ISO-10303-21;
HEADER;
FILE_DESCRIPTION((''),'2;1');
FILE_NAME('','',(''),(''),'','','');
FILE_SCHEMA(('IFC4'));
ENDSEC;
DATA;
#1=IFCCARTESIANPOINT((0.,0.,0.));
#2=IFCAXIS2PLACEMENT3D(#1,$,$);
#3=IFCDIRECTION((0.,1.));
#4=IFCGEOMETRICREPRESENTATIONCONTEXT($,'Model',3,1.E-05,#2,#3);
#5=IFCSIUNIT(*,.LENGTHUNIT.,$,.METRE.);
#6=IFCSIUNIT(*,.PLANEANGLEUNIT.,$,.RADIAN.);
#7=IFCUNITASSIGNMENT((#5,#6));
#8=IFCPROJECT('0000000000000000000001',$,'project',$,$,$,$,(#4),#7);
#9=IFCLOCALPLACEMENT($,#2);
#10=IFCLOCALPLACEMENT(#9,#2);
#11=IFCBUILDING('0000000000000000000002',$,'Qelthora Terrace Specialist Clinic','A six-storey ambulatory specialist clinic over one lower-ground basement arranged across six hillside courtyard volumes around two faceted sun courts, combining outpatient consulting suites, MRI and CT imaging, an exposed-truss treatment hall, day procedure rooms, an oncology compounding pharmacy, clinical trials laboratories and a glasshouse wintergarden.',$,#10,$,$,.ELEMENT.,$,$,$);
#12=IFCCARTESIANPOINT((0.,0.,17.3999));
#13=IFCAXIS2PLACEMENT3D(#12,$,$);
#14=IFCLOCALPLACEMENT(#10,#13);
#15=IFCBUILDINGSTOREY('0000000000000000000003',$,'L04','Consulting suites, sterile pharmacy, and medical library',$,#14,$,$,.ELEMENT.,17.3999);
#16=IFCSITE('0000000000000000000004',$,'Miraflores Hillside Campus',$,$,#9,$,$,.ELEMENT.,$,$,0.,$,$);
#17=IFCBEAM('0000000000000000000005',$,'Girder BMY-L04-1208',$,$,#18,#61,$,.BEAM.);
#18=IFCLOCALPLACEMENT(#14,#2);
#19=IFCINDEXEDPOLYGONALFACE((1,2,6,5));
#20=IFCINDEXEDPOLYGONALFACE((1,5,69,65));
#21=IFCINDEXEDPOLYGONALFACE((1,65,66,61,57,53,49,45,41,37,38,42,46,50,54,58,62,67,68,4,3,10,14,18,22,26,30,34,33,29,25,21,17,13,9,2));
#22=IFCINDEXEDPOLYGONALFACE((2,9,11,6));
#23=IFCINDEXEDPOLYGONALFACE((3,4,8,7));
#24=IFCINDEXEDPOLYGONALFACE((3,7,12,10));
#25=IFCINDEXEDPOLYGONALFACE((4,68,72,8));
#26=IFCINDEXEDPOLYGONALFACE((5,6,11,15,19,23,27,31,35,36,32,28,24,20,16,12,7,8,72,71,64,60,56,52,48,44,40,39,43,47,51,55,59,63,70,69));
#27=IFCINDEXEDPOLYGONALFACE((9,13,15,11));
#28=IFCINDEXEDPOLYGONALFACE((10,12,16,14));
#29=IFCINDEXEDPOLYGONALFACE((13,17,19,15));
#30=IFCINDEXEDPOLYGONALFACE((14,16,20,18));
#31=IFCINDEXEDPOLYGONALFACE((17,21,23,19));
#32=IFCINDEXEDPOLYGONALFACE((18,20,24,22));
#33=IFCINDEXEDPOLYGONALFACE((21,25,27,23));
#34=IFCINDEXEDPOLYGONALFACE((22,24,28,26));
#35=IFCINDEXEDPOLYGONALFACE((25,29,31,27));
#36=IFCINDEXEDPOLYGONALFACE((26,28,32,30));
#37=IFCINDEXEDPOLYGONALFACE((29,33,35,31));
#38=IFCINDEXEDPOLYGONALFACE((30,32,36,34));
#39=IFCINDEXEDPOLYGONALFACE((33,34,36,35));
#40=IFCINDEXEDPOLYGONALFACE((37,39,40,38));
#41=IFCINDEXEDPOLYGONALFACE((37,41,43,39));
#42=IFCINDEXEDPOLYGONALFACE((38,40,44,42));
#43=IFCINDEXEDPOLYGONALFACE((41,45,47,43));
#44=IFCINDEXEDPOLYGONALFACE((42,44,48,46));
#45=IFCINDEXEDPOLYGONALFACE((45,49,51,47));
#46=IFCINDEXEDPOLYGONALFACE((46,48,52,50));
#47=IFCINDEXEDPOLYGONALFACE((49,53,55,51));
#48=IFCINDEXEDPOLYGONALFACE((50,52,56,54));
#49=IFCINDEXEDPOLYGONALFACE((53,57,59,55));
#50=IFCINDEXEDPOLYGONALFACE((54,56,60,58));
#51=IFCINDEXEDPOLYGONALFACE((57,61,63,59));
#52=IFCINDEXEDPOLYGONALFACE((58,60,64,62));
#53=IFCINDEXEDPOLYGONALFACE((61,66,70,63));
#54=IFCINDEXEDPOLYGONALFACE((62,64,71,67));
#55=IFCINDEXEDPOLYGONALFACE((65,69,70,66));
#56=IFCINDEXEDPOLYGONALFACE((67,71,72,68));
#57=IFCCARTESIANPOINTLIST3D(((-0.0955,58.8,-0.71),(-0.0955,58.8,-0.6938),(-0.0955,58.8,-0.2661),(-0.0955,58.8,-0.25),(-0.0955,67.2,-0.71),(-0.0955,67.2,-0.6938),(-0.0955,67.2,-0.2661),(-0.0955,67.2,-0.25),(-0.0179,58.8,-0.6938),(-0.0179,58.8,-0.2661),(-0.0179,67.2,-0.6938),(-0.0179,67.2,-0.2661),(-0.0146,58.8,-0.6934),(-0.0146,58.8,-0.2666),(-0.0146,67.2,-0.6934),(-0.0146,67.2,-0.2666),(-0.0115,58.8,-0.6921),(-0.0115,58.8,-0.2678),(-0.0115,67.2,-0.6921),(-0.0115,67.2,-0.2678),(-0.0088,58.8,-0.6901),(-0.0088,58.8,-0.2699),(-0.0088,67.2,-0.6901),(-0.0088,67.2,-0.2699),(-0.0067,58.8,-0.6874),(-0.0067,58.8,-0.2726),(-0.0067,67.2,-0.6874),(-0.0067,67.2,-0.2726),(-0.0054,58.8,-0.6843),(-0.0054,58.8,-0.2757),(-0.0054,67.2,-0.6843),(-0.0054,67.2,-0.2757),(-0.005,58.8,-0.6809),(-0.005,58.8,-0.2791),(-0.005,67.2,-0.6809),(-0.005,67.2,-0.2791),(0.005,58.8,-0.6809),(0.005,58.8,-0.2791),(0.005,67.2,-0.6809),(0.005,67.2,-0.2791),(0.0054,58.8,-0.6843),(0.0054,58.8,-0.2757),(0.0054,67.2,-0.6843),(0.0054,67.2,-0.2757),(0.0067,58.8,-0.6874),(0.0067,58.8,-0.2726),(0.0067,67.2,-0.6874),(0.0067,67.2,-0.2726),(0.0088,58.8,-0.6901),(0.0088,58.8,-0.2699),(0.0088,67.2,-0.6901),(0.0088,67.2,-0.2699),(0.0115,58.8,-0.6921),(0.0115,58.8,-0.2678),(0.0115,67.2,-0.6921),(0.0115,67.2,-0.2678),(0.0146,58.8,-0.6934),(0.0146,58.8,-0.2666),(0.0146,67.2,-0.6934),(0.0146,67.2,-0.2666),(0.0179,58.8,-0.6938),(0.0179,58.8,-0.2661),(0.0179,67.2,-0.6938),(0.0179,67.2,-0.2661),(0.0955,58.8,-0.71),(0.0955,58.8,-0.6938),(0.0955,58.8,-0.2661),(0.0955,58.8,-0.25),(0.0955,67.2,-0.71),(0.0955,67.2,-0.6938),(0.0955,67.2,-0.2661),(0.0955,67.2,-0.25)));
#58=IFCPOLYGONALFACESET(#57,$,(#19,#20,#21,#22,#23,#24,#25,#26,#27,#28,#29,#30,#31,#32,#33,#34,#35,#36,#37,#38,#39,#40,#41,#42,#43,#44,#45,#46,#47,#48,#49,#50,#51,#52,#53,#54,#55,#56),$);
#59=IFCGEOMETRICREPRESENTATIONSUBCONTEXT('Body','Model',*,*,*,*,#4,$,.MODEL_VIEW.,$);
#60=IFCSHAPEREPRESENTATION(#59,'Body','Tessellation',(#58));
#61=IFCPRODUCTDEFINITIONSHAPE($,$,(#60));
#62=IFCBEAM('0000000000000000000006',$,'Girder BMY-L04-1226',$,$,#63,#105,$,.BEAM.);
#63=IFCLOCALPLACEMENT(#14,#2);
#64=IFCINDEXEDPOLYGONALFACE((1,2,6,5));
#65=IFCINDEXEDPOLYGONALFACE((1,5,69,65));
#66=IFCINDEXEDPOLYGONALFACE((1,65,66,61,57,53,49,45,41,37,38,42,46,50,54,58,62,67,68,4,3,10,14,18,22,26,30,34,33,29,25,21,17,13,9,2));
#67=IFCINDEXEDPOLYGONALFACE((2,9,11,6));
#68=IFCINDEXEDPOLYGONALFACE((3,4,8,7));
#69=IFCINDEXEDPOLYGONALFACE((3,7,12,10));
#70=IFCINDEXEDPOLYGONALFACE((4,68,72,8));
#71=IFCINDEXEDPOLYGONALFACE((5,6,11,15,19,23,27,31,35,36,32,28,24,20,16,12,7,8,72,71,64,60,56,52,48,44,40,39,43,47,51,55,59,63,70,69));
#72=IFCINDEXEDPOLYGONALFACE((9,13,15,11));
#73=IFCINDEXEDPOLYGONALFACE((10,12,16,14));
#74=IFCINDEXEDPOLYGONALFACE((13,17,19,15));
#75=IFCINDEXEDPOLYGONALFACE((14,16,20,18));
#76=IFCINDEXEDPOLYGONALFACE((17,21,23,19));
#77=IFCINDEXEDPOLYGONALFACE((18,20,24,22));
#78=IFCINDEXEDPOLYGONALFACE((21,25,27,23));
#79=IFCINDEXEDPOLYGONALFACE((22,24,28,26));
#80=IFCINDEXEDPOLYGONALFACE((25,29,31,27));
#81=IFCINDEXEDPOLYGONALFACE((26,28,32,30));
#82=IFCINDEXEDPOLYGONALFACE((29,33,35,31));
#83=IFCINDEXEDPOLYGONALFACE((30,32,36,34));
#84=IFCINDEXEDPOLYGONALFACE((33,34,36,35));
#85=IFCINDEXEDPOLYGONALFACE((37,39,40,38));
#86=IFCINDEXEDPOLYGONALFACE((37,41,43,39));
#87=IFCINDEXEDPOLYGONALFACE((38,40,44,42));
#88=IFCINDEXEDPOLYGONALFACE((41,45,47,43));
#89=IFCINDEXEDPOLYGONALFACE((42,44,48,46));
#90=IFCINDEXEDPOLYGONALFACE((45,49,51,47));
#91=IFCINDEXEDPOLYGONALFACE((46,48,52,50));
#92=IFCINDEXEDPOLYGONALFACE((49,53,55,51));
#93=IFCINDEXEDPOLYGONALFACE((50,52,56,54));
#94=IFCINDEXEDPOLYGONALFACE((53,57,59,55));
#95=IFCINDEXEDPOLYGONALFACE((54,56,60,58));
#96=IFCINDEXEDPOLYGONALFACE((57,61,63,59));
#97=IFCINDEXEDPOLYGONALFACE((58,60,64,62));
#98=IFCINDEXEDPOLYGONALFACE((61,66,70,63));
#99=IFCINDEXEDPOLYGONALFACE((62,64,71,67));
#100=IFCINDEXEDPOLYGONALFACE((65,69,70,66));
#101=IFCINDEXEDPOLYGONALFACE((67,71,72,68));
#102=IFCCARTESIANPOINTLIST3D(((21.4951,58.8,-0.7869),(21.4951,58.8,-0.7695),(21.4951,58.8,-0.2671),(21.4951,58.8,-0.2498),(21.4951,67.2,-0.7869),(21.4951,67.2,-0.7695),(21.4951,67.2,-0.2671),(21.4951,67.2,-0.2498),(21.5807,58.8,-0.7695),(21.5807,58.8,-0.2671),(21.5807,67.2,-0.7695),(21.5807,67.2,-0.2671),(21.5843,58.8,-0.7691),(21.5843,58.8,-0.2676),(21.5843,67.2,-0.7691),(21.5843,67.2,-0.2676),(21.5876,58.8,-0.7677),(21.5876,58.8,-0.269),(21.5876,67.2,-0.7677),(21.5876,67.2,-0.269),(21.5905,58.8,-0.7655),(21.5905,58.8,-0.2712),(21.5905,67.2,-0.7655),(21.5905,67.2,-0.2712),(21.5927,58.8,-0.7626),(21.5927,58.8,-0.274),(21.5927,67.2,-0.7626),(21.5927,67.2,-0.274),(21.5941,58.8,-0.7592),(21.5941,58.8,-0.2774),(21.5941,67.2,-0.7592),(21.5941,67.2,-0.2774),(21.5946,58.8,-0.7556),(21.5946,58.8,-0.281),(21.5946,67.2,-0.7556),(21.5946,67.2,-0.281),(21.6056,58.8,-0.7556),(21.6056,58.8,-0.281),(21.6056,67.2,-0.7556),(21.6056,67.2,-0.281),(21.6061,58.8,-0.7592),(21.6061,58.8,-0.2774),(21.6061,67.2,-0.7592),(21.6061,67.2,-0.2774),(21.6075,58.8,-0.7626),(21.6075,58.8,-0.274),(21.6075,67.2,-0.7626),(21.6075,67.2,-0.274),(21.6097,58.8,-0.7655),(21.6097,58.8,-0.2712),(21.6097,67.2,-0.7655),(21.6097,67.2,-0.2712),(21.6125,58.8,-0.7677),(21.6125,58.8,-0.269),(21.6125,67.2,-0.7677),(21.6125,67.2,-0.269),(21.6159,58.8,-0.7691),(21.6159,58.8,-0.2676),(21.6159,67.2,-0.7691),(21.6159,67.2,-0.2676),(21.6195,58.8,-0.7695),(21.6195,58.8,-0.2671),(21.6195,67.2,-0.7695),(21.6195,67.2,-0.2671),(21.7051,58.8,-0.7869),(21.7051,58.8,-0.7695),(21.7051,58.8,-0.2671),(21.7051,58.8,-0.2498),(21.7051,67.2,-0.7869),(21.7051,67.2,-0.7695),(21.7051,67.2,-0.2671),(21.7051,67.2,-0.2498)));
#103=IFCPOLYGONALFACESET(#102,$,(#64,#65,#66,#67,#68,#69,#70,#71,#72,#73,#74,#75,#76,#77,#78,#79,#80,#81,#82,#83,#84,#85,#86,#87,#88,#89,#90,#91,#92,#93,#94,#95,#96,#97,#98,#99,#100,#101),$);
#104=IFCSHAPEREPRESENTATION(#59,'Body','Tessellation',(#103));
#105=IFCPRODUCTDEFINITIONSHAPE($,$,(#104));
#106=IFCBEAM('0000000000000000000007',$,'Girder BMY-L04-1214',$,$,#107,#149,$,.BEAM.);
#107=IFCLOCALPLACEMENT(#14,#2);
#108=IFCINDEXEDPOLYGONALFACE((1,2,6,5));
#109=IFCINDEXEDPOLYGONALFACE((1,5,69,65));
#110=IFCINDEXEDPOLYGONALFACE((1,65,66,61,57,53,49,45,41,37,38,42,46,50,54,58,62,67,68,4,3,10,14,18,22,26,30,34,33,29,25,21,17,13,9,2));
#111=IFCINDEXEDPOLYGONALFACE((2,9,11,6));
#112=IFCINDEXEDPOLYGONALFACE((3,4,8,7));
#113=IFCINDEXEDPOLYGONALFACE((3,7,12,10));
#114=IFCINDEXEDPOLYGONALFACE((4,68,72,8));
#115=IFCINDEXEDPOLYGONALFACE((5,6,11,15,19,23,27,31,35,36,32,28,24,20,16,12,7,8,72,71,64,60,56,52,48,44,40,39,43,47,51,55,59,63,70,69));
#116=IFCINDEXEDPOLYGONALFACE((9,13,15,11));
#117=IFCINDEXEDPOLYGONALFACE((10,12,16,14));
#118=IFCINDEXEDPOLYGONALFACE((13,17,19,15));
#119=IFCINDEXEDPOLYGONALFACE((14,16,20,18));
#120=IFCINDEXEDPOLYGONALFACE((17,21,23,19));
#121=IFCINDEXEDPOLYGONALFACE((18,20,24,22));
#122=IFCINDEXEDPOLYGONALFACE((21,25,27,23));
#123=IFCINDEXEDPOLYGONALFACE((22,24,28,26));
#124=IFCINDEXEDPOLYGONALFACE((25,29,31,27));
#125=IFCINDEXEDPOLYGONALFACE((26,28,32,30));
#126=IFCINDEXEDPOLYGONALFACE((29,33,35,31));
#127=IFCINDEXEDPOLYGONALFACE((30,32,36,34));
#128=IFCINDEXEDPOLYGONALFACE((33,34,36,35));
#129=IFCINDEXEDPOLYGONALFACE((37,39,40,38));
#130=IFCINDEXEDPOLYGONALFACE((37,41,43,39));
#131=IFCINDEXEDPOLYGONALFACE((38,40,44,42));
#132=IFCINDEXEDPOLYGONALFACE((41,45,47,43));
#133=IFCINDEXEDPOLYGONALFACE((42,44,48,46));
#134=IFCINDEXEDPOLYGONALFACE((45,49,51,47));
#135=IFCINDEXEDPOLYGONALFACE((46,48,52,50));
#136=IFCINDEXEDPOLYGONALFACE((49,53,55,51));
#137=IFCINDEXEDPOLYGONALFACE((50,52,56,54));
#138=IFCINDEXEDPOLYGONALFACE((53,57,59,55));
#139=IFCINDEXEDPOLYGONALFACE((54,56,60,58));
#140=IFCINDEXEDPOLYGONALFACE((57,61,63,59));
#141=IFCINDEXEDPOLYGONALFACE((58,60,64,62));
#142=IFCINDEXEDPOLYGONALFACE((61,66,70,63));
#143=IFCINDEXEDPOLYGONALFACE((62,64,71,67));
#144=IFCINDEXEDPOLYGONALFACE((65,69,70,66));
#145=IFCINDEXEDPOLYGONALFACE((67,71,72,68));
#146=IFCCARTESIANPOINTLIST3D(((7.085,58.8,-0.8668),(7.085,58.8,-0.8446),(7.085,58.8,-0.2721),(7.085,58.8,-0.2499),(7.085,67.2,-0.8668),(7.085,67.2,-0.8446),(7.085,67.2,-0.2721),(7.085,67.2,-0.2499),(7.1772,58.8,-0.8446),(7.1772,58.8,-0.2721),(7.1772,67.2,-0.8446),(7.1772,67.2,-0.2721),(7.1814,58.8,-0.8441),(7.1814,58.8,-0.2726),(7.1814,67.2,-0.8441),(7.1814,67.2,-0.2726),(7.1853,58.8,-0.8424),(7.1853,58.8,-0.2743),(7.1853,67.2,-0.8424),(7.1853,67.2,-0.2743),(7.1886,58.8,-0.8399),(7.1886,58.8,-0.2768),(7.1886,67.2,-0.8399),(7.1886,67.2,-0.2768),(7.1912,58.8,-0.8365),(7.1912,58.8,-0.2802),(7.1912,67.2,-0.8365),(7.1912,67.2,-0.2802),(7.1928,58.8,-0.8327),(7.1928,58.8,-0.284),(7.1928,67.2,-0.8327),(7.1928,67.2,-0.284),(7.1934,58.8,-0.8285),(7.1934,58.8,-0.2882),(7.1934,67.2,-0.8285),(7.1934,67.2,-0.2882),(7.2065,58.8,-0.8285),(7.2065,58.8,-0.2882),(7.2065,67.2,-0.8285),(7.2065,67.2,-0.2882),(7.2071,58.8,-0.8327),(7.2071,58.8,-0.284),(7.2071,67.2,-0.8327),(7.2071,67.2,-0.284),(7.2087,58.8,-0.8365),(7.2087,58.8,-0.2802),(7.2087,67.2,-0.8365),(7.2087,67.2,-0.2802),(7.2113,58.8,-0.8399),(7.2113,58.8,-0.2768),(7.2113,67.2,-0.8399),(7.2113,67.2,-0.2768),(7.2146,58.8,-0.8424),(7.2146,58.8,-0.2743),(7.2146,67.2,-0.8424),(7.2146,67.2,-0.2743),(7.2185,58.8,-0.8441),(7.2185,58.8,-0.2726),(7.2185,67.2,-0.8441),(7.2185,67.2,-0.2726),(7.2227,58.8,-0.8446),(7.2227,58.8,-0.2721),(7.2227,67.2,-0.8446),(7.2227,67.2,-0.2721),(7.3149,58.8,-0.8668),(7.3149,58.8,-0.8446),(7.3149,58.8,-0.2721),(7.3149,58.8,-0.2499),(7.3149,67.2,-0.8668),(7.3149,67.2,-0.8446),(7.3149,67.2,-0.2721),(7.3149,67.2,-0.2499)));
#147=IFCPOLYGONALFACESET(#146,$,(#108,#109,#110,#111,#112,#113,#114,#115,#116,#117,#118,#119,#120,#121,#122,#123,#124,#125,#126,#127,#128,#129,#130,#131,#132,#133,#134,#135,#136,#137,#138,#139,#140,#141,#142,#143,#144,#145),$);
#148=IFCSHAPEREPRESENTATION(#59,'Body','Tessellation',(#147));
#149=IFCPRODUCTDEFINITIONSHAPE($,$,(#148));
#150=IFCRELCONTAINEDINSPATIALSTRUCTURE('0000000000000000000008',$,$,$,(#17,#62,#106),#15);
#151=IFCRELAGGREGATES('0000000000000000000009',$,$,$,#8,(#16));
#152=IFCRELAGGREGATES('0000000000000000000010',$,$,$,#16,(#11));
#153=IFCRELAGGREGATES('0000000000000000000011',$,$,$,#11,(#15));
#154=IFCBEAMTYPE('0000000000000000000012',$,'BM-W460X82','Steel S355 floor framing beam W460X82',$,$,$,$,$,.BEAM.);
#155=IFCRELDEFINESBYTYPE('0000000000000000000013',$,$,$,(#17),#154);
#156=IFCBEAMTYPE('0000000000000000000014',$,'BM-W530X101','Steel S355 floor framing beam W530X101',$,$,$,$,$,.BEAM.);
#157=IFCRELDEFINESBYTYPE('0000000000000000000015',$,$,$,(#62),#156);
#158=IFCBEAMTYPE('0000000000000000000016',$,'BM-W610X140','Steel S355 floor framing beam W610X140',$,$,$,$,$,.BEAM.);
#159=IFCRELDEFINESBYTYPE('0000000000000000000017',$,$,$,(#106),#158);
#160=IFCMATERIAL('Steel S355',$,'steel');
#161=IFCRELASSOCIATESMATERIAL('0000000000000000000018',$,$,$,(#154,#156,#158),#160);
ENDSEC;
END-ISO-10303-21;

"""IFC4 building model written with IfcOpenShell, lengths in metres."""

from ifc_helpers import new_model, si_unit, direction, frame, origin, origin_2d, place, context, subcontext, project, spatial, i_section, extrude, material, material_profile, profile_set, type_object, element, save


model = new_model("IFC4")

# Units and contexts
model_context = context("Model", 3, precision=1e-05, world=origin(), true_north=direction((0.0, 1.0)))
body_context = subcontext(model_context, "Body", "Model", "MODEL_VIEW")
ifc_project = project(units=[si_unit("LENGTHUNIT", "METRE"), si_unit("PLANEANGLEUNIT", "RADIAN")], contexts=[model_context])

# Site, building, storey
site_placement = place(None, origin())
site = spatial("IfcSite", under=ifc_project, at=site_placement, Name="Miraflores Hillside Campus", CompositionType="ELEMENT", RefElevation=0.0)
building_placement = place(site_placement, origin())
building = spatial("IfcBuilding", under=site, at=building_placement, Name="Qelthora Terrace Specialist Clinic", Description="A six-storey ambulatory specialist clinic over one lower-ground basement arranged across six hillside courtyard volumes around two faceted sun courts, combining outpatient consulting suites, MRI and CT imaging, an exposed-truss treatment hall, day procedure rooms, an oncology compounding pharmacy, clinical trials laboratories and a glasshouse wintergarden.", CompositionType="ELEMENT")
storey_placement = place(building_placement, frame((0.0, 0.0, 17.3999)))
storey = spatial("IfcBuildingStorey", under=building, at=storey_placement, Name="L04", Description="Consulting suites, sterile pharmacy, and medical library", CompositionType="ELEMENT", Elevation=17.3999)

# Shared definitions
ifc_material_1 = material(Name="Steel S355", Category="steel")

# Beams
ifc_material_profile_1 = material_profile(ifc_material_1, i_section(OverallWidth=0.1909, OverallDepth=0.46, WebThickness=0.01, FlangeThickness=0.0161, FilletRadius=0.0129, at=origin_2d()), Name="W460X82")
ifc_profile_set_1 = profile_set([ifc_material_profile_1], Name="Steel S355")
beam_type_1 = type_object("IfcBeamType", Name="BM-W460X82", Description="Steel S355 floor framing beam W460X82", PredefinedType="BEAM", material=ifc_profile_set_1)
beam_1_placement = place(storey_placement, frame((0.0, 58.8, -0.48), z_axis=(0.0, 1.0, 0.0), x_axis=(-1.0, 0.0, 0.0)))
element("IfcBeam", 1, at=beam_1_placement, inside=storey, type_object=beam_type_1, Name="Girder BMY-L04-1208", PredefinedType="BEAM", context=body_context, shape_type="SweptSolid", body=[
    extrude(i_section(OverallWidth=0.1909, OverallDepth=0.46, WebThickness=0.01, FlangeThickness=0.0161, FilletRadius=0.0129, at=origin_2d()), origin(), (0.0, 0.0, 1.0), 8.3999),
])
ifc_material_profile_2 = material_profile(ifc_material_1, i_section(OverallWidth=0.21, OverallDepth=0.5371, WebThickness=0.011, FlangeThickness=0.0173, FilletRadius=0.0139, at=origin_2d()), Name="W530X101")
ifc_profile_set_2 = profile_set([ifc_material_profile_2], Name="Steel S355")
beam_type_2 = type_object("IfcBeamType", Name="BM-W530X101", Description="Steel S355 floor framing beam W530X101", PredefinedType="BEAM", material=ifc_profile_set_2)
beam_2_placement = place(storey_placement, frame((21.6001, 58.8, -0.5183), z_axis=(0.0, 1.0, 0.0), x_axis=(-1.0, 0.0, 0.0)))
element("IfcBeam", 2, at=beam_2_placement, inside=storey, type_object=beam_type_2, Name="Girder BMY-L04-1226", PredefinedType="BEAM", context=body_context, shape_type="SweptSolid", body=[
    extrude(i_section(OverallWidth=0.21, OverallDepth=0.5371, WebThickness=0.011, FlangeThickness=0.0173, FilletRadius=0.0139, at=origin_2d()), origin(), (0.0, 0.0, 1.0), 8.3999),
])
ifc_material_profile_3 = material_profile(ifc_material_1, i_section(OverallWidth=0.23, OverallDepth=0.6169, WebThickness=0.0132, FlangeThickness=0.0222, FilletRadius=0.0161, at=origin_2d()), Name="W610X140")
ifc_profile_set_3 = profile_set([ifc_material_profile_3], Name="Steel S355")
beam_type_3 = type_object("IfcBeamType", Name="BM-W610X140", Description="Steel S355 floor framing beam W610X140", PredefinedType="BEAM", material=ifc_profile_set_3)
beam_3_placement = place(storey_placement, frame((7.2, 58.8, -0.5583), z_axis=(0.0, 1.0, 0.0), x_axis=(-1.0, 0.0, 0.0)))
element("IfcBeam", 3, at=beam_3_placement, inside=storey, type_object=beam_type_3, Name="Girder BMY-L04-1214", PredefinedType="BEAM", context=body_context, shape_type="SweptSolid", body=[
    extrude(i_section(OverallWidth=0.23, OverallDepth=0.6169, WebThickness=0.0132, FlangeThickness=0.0222, FilletRadius=0.0161, at=origin_2d()), origin(), (0.0, 0.0, 1.0), 8.3999),
])

save(model, "model.ifc")
